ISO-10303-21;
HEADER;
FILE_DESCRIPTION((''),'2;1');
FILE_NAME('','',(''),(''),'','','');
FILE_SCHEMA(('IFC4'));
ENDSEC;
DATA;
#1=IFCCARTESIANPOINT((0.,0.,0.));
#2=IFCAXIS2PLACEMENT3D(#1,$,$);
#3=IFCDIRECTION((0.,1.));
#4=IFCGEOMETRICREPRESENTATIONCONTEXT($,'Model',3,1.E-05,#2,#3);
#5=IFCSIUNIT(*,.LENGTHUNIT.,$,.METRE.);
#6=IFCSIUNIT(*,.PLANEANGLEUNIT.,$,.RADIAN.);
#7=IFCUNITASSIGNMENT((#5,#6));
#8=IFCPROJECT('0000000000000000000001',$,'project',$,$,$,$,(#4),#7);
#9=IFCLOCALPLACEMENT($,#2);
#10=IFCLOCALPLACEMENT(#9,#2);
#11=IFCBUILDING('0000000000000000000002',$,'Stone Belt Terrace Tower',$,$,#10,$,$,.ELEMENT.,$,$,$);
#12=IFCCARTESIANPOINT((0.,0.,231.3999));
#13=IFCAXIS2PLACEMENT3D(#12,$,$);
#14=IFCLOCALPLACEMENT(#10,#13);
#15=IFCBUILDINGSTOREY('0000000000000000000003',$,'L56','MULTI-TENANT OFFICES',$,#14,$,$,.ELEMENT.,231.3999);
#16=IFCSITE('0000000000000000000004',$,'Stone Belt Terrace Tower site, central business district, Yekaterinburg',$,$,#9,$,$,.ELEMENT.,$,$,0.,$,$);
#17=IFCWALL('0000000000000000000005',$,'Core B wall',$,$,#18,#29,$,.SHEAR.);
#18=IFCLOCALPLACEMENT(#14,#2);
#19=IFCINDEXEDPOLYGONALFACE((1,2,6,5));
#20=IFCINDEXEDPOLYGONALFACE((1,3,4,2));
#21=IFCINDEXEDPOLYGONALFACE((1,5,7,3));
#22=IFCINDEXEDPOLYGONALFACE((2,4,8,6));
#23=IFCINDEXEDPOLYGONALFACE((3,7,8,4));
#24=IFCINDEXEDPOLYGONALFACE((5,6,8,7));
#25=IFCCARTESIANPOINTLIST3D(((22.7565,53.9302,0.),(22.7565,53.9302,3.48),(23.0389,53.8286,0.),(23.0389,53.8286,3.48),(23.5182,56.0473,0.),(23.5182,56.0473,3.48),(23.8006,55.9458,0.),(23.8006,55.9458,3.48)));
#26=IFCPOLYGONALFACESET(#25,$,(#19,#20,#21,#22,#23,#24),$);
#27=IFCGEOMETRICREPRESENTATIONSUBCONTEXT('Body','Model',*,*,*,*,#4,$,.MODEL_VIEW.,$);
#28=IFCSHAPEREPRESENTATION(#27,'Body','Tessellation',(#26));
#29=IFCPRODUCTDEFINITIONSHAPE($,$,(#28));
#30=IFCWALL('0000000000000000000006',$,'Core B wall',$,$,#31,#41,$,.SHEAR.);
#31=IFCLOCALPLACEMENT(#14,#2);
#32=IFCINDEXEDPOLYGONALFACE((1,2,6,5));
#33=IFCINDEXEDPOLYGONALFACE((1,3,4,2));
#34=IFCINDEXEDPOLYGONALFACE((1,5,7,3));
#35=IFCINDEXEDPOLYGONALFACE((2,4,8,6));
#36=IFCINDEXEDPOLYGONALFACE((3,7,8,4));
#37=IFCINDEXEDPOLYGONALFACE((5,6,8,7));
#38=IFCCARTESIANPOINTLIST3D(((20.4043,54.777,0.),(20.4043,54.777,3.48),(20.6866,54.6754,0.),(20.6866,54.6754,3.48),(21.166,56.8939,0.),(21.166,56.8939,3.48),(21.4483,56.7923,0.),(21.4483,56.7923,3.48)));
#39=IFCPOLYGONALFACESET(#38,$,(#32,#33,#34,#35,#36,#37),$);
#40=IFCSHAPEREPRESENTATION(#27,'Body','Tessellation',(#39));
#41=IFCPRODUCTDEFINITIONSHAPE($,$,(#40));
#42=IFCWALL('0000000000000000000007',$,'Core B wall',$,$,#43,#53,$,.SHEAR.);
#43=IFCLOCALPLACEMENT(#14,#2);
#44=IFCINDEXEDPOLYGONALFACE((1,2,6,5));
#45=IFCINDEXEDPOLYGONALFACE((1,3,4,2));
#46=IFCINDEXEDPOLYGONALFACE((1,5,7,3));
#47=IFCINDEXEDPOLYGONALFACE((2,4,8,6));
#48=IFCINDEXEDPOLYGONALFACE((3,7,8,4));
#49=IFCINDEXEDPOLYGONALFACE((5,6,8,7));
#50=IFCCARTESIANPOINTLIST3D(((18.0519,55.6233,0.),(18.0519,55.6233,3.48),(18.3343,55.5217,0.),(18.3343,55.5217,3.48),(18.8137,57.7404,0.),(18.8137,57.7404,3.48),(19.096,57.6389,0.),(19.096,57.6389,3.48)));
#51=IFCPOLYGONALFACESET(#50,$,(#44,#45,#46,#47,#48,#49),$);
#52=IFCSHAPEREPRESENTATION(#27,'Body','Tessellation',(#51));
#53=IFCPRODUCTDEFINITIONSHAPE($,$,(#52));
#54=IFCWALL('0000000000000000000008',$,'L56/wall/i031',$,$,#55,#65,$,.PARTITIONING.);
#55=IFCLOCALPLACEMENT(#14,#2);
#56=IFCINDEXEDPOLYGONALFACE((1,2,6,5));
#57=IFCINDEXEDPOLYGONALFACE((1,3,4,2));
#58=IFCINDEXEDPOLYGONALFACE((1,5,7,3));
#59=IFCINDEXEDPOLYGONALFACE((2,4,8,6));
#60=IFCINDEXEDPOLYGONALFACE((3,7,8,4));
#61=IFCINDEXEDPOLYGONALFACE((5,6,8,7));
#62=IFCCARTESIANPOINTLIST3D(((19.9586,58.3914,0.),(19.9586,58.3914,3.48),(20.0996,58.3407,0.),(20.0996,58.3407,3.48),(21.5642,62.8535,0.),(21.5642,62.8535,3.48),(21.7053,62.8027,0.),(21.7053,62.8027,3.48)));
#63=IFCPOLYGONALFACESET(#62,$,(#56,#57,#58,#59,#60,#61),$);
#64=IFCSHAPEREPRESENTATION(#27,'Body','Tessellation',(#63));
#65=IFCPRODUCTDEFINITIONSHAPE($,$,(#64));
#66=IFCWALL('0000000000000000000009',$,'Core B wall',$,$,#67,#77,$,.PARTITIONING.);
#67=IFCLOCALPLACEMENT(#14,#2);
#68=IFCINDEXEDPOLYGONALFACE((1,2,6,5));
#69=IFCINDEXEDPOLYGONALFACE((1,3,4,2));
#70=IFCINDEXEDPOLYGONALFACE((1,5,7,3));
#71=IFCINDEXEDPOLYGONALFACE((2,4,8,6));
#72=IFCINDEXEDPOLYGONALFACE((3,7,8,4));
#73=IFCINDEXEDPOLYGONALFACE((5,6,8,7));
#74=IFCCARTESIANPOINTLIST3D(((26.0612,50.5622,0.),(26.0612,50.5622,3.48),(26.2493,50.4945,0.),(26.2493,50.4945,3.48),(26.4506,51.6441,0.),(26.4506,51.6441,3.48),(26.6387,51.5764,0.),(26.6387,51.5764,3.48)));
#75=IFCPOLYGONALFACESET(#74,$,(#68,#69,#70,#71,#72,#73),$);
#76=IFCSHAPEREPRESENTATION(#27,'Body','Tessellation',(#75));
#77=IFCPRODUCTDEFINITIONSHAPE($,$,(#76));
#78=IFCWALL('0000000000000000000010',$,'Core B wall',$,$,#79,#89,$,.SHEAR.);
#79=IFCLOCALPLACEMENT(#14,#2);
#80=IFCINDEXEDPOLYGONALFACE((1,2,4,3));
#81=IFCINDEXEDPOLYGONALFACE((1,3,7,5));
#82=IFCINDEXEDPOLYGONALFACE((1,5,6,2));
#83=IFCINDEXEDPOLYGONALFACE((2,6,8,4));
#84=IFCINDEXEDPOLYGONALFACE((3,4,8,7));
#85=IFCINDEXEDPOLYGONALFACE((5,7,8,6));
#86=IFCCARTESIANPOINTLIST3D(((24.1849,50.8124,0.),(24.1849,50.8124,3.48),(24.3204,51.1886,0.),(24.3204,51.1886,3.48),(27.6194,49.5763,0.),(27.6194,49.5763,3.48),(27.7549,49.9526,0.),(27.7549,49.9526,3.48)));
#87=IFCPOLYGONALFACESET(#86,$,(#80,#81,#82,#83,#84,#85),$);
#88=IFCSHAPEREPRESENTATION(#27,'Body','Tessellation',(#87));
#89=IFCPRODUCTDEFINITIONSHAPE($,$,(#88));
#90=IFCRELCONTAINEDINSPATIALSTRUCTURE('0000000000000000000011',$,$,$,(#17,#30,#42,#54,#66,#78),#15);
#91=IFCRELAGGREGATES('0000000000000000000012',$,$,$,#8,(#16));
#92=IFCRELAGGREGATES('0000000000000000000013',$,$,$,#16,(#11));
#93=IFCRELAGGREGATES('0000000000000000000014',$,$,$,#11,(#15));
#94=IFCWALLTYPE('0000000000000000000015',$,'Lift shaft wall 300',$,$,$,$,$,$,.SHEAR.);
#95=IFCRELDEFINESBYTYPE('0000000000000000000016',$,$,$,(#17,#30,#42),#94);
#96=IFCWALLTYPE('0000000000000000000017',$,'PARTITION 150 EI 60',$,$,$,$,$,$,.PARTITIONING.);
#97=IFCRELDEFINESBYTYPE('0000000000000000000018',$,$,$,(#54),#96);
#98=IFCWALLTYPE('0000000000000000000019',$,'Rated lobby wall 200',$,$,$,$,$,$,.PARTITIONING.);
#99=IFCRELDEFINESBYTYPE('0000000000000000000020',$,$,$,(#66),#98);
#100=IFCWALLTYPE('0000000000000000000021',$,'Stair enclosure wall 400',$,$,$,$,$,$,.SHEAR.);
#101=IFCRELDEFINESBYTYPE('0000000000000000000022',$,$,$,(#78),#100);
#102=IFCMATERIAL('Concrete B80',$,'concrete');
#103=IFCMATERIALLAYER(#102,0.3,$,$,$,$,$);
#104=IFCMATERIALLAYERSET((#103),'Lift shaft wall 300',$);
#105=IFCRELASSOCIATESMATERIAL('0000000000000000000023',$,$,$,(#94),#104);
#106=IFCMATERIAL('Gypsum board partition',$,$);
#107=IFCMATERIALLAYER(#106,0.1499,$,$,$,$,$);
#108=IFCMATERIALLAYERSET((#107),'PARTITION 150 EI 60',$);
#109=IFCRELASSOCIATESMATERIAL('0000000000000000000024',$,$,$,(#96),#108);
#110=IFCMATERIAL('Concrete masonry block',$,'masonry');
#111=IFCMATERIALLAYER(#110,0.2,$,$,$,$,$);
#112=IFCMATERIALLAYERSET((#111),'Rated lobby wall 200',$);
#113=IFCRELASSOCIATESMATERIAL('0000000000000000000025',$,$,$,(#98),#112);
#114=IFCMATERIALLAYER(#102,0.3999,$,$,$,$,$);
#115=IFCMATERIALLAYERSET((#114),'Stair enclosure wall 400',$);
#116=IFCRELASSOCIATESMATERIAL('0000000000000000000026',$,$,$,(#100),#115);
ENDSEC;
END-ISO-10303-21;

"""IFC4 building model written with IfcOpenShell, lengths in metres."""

from ifc_helpers import new_model, si_unit, direction, frame, frame_2d, origin, place, context, subcontext, project, spatial, rectangle, extrude, material, layer, layer_set, type_object, element, save


model = new_model("IFC4")

# Units and contexts
model_context = context("Model", 3, precision=1e-05, world=origin(), true_north=direction((0.0, 1.0)))
body_context = subcontext(model_context, "Body", "Model", "MODEL_VIEW")
ifc_project = project(units=[si_unit("LENGTHUNIT", "METRE"), si_unit("PLANEANGLEUNIT", "RADIAN")], contexts=[model_context])

# Site, building, storey
site_placement = place(None, origin())
site = spatial("IfcSite", under=ifc_project, at=site_placement, Name="Stone Belt Terrace Tower site, central business district, Yekaterinburg", CompositionType="ELEMENT", RefElevation=0.0)
building_placement = place(site_placement, origin())
building = spatial("IfcBuilding", under=site, at=building_placement, Name="Stone Belt Terrace Tower", CompositionType="ELEMENT")
storey_placement = place(building_placement, frame((0.0, 0.0, 231.3999)))
storey = spatial("IfcBuildingStorey", under=building, at=storey_placement, Name="L56", Description="MULTI-TENANT OFFICES", CompositionType="ELEMENT", Elevation=231.3999)

# Shared definitions
ifc_material_1 = material(Name="Concrete B80", Category="concrete")
ifc_layer_1 = layer(ifc_material_1, 0.3)
ifc_layer_set_1 = layer_set([ifc_layer_1], Name="Lift shaft wall 300")
wall_type_1 = type_object("IfcWallType", Name="Lift shaft wall 300", PredefinedType="SHEAR", material=ifc_layer_set_1)

# Walls
wall_1_placement = place(storey_placement, frame((22.8977, 53.8794, 0.0), z_axis=(0.0, 0.0, 1.0), x_axis=(0.338535, 0.940954, 0.0)))
element("IfcWall", 1, at=wall_1_placement, inside=storey, type_object=wall_type_1, Name="Core B wall", PredefinedType="SHEAR", context=body_context, shape_type="SweptSolid", body=[
    extrude(rectangle(XDim=2.25, YDim=0.3, at=frame_2d((1.125, 0.0))), origin(), (0.0, 0.0, 1.0), 3.48),
])
wall_2_placement = place(storey_placement, frame((20.5454, 54.7261, 0.0), z_axis=(0.0, 0.0, 1.0), x_axis=(0.33857, 0.940941, 0.0)))
element("IfcWall", 2, at=wall_2_placement, inside=storey, type_object=wall_type_1, Name="Core B wall", PredefinedType="SHEAR", context=body_context, shape_type="SweptSolid", body=[
    extrude(rectangle(XDim=2.2498, YDim=0.3, at=frame_2d((1.125, 0.0))), origin(), (0.0, 0.0, 1.0), 3.48),
])
wall_3_placement = place(storey_placement, frame((18.1931, 55.5725, 0.0), z_axis=(0.0, 0.0, 1.0), x_axis=(0.338535, 0.940954, 0.0)))
element("IfcWall", 3, at=wall_3_placement, inside=storey, type_object=wall_type_1, Name="Core B wall", PredefinedType="SHEAR", context=body_context, shape_type="SweptSolid", body=[
    extrude(rectangle(XDim=2.25, YDim=0.3, at=frame_2d((1.125, 0.0))), origin(), (0.0, 0.0, 1.0), 3.48),
])
ifc_material_2 = material(Name="Gypsum board partition")
ifc_layer_2 = layer(ifc_material_2, 0.1499)
ifc_layer_set_2 = layer_set([ifc_layer_2], Name="PARTITION 150 EI 60")
wall_type_2 = type_object("IfcWallType", Name="PARTITION 150 EI 60", PredefinedType="PARTITIONING", material=ifc_layer_set_2)
wall_4_placement = place(storey_placement, frame((21.6348, 62.8281, 0.0), z_axis=(0.0, 0.0, 1.0), x_axis=(-0.338596, -0.940932, 0.0)))
element("IfcWall", 4, at=wall_4_placement, inside=storey, type_object=wall_type_2, Name="L56/wall/i031", PredefinedType="PARTITIONING", context=body_context, shape_type="SweptSolid", body=[
    extrude(rectangle(XDim=4.7422, YDim=0.1499, at=frame_2d((2.3711, 0.0))), origin(), (0.0, 0.0, 1.0), 3.48),
])
ifc_material_3 = material(Name="Concrete masonry block", Category="masonry")
ifc_layer_3 = layer(ifc_material_3, 0.2)
ifc_layer_set_3 = layer_set([ifc_layer_3], Name="Rated lobby wall 200")
wall_type_3 = type_object("IfcWallType", Name="Rated lobby wall 200", PredefinedType="PARTITIONING", material=ifc_layer_set_3)
wall_5_placement = place(storey_placement, frame((26.1553, 50.5283, 0.0), z_axis=(0.0, 0.0, 1.0), x_axis=(0.338622, 0.940923, 0.0)))
element("IfcWall", 5, at=wall_5_placement, inside=storey, type_object=wall_type_3, Name="Core B wall", PredefinedType="PARTITIONING", context=body_context, shape_type="SweptSolid", body=[
    extrude(rectangle(XDim=1.1499, YDim=0.2, at=frame_2d((0.575, 0.0))), origin(), (0.0, 0.0, 1.0), 3.48),
])
ifc_layer_4 = layer(ifc_material_1, 0.3999)
ifc_layer_set_4 = layer_set([ifc_layer_4], Name="Stair enclosure wall 400")
wall_type_4 = type_object("IfcWallType", Name="Stair enclosure wall 400", PredefinedType="SHEAR", material=ifc_layer_set_4)
wall_6_placement = place(storey_placement, frame((27.6873, 49.7644, 0.0), z_axis=(0.0, 0.0, 1.0), x_axis=(-0.940919, 0.338632, 0.0)))
element("IfcWall", 6, at=wall_6_placement, inside=storey, type_object=wall_type_4, Name="Core B wall", PredefinedType="SHEAR", context=body_context, shape_type="SweptSolid", body=[
    extrude(rectangle(XDim=3.6501, YDim=0.3999, at=frame_2d((1.8252, 0.0))), origin(), (0.0, 0.0, 1.0), 3.48),
])

save(model, "model.ifc")
